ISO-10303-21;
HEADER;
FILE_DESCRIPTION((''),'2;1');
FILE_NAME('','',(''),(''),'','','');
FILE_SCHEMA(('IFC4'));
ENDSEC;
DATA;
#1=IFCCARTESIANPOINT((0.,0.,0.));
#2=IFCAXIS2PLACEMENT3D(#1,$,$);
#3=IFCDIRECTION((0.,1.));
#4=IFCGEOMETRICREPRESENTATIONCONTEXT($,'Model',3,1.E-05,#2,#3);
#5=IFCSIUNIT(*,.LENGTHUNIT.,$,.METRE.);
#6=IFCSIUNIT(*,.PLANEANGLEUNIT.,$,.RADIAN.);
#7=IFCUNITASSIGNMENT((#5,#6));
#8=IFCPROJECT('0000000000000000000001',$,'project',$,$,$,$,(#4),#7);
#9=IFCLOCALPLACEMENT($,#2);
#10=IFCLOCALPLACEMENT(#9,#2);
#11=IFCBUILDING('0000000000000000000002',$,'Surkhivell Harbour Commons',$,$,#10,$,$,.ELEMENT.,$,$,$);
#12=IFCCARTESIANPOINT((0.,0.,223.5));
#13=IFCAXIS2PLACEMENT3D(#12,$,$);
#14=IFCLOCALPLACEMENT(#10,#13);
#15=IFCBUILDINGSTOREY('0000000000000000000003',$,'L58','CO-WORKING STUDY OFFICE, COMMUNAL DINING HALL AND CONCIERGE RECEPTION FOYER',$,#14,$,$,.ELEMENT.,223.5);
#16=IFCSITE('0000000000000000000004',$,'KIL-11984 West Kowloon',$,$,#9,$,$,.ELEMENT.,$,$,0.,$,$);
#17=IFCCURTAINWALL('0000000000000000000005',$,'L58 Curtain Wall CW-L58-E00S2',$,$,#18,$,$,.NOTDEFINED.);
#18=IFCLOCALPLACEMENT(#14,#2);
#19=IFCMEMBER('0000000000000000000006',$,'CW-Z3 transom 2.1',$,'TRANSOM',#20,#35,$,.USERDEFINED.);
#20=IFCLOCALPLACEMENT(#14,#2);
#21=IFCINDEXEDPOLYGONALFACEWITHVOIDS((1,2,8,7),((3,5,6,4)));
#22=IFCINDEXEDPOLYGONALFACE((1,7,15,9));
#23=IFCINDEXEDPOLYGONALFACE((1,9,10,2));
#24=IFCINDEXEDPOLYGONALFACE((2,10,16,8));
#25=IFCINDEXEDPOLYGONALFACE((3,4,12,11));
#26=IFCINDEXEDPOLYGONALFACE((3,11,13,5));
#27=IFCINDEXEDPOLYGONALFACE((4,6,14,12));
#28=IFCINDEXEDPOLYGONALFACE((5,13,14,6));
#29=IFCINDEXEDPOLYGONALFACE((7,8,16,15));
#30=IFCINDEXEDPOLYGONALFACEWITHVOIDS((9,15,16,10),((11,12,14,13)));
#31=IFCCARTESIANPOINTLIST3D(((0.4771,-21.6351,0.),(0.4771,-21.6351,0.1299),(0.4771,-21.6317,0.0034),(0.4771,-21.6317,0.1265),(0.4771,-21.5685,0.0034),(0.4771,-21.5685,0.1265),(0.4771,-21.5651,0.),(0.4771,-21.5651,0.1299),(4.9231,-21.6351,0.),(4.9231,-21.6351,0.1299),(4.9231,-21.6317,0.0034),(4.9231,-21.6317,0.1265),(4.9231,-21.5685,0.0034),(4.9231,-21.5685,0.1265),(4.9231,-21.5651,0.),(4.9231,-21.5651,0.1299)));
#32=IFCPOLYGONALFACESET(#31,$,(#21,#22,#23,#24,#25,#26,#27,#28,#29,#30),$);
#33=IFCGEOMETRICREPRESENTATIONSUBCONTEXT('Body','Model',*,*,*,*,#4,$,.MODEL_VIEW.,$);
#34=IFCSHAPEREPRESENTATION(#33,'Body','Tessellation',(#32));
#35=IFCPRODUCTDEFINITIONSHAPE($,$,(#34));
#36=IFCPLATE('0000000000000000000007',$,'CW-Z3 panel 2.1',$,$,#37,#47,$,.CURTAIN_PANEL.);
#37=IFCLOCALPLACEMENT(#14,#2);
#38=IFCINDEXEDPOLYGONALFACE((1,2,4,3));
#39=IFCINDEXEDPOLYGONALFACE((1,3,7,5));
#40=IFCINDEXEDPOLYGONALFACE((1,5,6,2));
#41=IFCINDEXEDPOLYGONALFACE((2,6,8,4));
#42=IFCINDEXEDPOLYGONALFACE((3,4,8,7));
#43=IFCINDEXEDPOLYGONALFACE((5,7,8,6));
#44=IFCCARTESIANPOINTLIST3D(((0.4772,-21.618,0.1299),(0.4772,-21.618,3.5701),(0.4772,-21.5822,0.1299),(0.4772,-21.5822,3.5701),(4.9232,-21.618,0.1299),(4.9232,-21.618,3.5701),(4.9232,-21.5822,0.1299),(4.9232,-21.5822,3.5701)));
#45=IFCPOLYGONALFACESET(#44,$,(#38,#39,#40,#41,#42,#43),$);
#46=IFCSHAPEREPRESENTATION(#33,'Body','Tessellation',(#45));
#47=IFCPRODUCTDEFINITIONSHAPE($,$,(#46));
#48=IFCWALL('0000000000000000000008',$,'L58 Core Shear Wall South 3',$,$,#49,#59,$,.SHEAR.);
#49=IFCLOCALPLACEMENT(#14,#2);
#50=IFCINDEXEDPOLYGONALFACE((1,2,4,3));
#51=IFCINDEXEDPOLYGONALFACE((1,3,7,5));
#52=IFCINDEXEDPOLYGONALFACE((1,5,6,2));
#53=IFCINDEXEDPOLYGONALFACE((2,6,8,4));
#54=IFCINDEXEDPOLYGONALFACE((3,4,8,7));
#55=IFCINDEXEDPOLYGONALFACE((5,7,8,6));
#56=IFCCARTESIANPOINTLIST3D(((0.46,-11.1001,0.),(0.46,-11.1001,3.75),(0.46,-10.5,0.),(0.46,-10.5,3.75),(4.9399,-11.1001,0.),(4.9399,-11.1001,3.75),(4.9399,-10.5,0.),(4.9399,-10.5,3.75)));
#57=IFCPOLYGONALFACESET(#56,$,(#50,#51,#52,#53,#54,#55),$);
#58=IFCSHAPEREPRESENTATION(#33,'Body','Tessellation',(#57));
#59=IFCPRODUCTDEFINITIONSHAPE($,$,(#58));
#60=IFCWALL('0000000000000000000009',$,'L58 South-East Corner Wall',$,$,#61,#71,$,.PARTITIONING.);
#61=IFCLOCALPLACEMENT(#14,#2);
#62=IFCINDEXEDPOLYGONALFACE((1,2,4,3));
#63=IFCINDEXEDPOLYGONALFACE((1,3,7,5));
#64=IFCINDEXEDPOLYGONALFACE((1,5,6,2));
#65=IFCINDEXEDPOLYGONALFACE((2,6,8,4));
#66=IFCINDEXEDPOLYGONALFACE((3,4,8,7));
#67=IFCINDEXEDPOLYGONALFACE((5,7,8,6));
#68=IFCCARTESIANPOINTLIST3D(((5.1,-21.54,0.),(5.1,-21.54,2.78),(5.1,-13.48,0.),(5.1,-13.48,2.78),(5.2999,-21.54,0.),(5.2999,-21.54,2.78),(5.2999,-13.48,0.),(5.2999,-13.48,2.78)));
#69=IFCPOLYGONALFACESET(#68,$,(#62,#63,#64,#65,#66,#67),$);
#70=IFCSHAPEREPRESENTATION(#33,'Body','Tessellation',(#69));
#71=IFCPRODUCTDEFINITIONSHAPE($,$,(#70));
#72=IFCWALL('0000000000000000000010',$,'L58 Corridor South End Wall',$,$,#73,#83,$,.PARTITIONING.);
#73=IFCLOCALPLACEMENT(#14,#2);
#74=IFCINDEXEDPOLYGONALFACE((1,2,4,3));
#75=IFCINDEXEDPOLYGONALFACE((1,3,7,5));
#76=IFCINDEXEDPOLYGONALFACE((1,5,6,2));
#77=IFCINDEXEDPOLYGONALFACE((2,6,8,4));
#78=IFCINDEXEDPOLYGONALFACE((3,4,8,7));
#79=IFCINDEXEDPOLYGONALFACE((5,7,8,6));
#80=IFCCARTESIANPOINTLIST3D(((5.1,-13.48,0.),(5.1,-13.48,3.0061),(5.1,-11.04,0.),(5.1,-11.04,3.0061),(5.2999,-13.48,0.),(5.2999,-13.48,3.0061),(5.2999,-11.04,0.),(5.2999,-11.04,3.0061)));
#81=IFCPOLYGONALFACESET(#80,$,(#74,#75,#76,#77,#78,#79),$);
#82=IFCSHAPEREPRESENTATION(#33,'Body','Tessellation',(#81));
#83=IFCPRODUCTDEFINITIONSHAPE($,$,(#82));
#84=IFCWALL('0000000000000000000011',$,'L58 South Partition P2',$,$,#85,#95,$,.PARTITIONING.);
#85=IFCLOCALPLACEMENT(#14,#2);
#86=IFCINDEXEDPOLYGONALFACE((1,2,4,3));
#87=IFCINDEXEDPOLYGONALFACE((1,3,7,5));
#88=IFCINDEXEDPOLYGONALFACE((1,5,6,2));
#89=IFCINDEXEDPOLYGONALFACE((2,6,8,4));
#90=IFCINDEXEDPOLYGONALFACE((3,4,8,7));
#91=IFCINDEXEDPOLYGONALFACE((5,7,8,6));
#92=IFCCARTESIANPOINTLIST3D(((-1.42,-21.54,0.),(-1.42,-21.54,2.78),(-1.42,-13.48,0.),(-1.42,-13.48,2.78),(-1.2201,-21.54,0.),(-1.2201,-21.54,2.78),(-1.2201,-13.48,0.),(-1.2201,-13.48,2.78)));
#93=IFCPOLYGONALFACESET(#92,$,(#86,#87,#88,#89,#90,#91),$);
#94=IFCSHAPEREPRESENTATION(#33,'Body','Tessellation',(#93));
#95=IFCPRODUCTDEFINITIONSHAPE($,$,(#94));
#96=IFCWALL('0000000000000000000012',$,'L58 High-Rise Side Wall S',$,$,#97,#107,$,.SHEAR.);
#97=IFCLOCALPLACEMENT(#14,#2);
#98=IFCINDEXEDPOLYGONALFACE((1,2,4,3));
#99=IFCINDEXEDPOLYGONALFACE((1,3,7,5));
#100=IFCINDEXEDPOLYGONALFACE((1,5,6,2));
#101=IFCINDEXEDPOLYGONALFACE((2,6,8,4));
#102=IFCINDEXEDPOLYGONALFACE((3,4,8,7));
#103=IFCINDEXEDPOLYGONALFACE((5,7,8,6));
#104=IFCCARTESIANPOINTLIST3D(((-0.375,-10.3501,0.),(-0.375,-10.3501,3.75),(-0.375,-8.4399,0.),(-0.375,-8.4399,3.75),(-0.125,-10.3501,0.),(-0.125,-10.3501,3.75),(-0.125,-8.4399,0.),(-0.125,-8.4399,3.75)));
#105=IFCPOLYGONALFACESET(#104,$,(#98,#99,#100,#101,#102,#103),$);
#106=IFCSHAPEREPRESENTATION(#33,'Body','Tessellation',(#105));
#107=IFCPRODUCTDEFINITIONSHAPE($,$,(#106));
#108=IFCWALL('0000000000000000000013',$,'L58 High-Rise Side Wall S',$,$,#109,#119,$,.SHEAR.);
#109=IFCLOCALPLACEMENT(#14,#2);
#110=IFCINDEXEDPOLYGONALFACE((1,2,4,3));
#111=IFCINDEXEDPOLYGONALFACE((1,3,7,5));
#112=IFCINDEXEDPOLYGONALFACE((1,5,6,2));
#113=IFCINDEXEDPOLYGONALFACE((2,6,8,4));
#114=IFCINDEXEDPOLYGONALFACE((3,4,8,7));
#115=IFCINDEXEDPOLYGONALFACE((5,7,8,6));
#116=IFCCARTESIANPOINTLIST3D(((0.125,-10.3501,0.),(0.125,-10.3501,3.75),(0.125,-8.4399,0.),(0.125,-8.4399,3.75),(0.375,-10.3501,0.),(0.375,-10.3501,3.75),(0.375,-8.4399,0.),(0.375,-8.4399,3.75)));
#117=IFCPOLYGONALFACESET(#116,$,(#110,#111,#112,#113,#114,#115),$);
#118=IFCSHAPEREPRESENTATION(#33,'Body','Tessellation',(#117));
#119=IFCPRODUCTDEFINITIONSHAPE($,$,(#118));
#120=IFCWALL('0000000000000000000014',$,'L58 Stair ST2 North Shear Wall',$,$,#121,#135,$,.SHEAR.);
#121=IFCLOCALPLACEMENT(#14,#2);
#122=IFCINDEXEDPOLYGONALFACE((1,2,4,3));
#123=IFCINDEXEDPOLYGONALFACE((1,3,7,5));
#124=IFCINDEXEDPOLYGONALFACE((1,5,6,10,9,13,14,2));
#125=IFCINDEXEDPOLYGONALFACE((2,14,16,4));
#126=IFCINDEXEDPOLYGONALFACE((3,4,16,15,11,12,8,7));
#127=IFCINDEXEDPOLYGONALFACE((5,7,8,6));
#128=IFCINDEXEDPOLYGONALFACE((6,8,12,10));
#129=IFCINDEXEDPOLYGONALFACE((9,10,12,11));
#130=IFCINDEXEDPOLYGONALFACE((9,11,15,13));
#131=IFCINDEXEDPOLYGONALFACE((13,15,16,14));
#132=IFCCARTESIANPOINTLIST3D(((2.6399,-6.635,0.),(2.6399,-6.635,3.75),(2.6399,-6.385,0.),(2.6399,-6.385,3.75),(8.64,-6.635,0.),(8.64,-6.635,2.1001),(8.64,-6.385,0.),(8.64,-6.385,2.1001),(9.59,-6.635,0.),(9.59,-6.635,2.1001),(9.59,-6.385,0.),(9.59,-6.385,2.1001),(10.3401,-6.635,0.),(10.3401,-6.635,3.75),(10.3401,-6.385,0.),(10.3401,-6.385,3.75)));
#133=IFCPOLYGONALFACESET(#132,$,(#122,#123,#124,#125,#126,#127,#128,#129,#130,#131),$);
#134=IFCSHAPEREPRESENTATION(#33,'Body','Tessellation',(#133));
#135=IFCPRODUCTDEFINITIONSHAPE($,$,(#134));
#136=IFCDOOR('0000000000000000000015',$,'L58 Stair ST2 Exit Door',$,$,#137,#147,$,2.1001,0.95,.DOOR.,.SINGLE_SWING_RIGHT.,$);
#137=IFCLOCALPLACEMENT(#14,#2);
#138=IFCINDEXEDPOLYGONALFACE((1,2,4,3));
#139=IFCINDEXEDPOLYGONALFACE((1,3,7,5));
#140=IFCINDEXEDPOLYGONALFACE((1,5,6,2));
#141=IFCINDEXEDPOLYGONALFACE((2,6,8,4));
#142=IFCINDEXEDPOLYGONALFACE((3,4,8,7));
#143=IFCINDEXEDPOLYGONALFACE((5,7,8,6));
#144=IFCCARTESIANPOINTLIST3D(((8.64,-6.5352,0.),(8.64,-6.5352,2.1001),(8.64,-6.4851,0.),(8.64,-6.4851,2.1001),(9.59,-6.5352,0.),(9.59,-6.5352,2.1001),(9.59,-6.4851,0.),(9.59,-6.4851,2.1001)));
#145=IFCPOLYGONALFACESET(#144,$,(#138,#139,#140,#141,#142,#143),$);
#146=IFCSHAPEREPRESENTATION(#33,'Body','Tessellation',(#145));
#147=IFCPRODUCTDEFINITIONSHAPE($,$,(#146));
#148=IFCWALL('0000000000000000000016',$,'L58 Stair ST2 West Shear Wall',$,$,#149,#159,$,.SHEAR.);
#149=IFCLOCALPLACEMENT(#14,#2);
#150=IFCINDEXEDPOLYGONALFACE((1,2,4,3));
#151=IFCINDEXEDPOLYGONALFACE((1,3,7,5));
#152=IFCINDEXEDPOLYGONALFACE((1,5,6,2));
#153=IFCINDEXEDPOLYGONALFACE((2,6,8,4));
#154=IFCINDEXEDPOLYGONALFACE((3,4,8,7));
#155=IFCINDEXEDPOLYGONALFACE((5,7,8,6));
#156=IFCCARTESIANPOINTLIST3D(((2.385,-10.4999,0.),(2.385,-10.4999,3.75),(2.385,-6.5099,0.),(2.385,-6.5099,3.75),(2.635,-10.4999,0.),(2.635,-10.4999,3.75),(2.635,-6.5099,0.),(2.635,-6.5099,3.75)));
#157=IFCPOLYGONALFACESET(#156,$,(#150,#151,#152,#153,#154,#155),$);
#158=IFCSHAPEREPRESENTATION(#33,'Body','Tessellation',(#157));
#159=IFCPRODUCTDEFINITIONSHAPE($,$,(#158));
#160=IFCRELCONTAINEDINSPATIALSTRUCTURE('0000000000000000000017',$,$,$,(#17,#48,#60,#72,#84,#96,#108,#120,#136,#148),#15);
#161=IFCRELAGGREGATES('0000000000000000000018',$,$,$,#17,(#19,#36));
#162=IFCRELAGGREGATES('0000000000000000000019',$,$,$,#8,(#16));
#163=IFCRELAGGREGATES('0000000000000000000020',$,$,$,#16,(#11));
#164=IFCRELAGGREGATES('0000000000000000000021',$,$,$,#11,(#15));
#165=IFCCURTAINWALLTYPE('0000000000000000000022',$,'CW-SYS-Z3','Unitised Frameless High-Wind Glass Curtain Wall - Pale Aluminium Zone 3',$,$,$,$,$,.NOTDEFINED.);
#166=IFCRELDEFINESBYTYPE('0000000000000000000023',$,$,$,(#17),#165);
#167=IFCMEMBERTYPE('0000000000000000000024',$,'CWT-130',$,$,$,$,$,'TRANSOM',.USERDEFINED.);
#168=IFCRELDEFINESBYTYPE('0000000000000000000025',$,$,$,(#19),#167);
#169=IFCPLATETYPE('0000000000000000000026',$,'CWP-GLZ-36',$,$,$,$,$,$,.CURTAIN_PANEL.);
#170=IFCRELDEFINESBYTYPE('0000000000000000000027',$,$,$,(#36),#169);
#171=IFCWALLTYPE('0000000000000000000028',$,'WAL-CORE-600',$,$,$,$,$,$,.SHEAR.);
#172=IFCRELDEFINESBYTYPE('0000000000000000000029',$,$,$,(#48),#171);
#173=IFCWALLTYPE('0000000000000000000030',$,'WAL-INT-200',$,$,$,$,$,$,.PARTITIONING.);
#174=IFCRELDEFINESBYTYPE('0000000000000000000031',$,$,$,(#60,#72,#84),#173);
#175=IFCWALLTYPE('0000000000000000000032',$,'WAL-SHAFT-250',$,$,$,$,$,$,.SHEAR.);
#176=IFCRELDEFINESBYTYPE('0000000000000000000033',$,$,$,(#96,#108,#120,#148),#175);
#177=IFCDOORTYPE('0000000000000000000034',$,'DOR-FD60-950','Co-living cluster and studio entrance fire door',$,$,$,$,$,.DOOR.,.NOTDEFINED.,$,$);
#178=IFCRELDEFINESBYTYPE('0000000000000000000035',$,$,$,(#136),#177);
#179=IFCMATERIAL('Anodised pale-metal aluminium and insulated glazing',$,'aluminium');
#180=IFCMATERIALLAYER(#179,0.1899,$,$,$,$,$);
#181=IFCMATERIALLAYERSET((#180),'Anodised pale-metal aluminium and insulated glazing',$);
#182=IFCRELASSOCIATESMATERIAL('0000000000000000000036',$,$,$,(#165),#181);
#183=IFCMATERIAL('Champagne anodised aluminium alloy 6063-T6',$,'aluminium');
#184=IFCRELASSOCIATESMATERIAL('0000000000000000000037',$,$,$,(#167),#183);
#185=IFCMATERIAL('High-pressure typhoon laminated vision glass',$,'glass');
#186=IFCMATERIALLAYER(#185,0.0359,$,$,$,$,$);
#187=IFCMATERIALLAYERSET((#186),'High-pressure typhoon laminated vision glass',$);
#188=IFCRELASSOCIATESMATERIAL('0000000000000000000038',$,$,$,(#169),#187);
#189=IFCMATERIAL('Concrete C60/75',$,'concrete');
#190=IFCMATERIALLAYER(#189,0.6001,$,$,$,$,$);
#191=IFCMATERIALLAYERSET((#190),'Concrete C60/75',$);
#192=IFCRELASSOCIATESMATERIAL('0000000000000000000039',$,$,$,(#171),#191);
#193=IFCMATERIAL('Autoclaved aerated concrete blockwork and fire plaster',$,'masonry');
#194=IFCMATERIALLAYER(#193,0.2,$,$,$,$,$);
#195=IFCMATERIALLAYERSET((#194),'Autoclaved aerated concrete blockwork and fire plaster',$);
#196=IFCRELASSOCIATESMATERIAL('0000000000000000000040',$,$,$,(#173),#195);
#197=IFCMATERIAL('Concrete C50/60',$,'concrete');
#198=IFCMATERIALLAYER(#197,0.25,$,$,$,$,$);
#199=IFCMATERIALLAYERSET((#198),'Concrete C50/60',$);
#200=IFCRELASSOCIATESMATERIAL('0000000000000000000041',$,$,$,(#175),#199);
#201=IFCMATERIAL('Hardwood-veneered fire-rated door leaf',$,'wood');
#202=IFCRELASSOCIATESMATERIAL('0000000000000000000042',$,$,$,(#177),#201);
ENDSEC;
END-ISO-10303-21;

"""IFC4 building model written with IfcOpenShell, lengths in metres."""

from ifc_helpers import new_model, si_unit, direction, frame, frame_2d, origin, origin_2d, place, context, subcontext, project, spatial, rectangle, hollow_rectangle, extrude, material, layer, layer_set, material_profile, profile_set, type_object, element, fill, aggregate, save


model = new_model("IFC4")

# Units and contexts
model_context = context("Model", 3, precision=1e-05, world=origin(), true_north=direction((0.0, 1.0)))
body_context = subcontext(model_context, "Body", "Model", "MODEL_VIEW")
ifc_project = project(units=[si_unit("LENGTHUNIT", "METRE"), si_unit("PLANEANGLEUNIT", "RADIAN")], contexts=[model_context])

# Site, building, storey
site_placement = place(None, origin())
site = spatial("IfcSite", under=ifc_project, at=site_placement, Name="KIL-11984 West Kowloon", CompositionType="ELEMENT", RefElevation=0.0)
building_placement = place(site_placement, origin())
building = spatial("IfcBuilding", under=site, at=building_placement, Name="Surkhivell Harbour Commons", CompositionType="ELEMENT")
storey_placement = place(building_placement, frame((0.0, 0.0, 223.5)))
storey = spatial("IfcBuildingStorey", under=building, at=storey_placement, Name="L58", Description="CO-WORKING STUDY OFFICE, COMMUNAL DINING HALL AND CONCIERGE RECEPTION FOYER", CompositionType="ELEMENT", Elevation=223.5)

# Shared definitions
ifc_material_1 = material(Name="Concrete C60/75", Category="concrete")
ifc_material_2 = material(Name="Concrete C50/60", Category="concrete")

# Curtain wall, member, plate
ifc_material_3 = material(Name="Anodised pale-metal aluminium and insulated glazing", Category="aluminium")
ifc_layer_1 = layer(ifc_material_3, 0.1899)
ifc_layer_set_1 = layer_set([ifc_layer_1], Name="Anodised pale-metal aluminium and insulated glazing")
curtain_wall_type = type_object("IfcCurtainWallType", Name="CW-SYS-Z3", Description="Unitised Frameless High-Wind Glass Curtain Wall - Pale Aluminium Zone 3", PredefinedType="NOTDEFINED", material=ifc_layer_set_1)
curtain_wall_placement = place(storey_placement, origin())
curtain_wall = element("IfcCurtainWall", 1, at=curtain_wall_placement, inside=storey, type_object=curtain_wall_type, Name="L58 Curtain Wall CW-L58-E00S2", PredefinedType="NOTDEFINED")
ifc_material_4 = material(Name="Champagne anodised aluminium alloy 6063-T6", Category="aluminium")
ifc_material_profile_1 = material_profile(ifc_material_4, hollow_rectangle(XDim=0.0701, YDim=0.1299, WallThickness=0.0034, at=origin_2d()), Name="ALU-TRAN-70x130")
ifc_profile_set_1 = profile_set([ifc_material_profile_1], Name="Champagne anodised aluminium alloy 6063-T6")
member_type_1 = type_object("IfcMemberType", Name="CWT-130", ElementType="TRANSOM", PredefinedType="USERDEFINED", material=ifc_profile_set_1)
member_1_placement = place(storey_placement, frame((0.4771, -21.6001, 0.0649), z_axis=(1.0, 0.0, 0.0), x_axis=(0.0, 1.0, 0.0)))
member_1 = element("IfcMember", 2, at=member_1_placement, type_object=member_type_1, Name="CW-Z3 transom 2.1", ObjectType="TRANSOM", PredefinedType="USERDEFINED", context=body_context, shape_type="SweptSolid", body=[
    extrude(hollow_rectangle(XDim=0.0701, YDim=0.1299, WallThickness=0.0034, at=origin_2d()), origin(), (0.0, 0.0, 1.0), 4.446),
])
ifc_material_5 = material(Name="High-pressure typhoon laminated vision glass", Category="glass")
ifc_layer_2 = layer(ifc_material_5, 0.0359)
ifc_layer_set_2 = layer_set([ifc_layer_2], Name="High-pressure typhoon laminated vision glass")
plate_type = type_object("IfcPlateType", Name="CWP-GLZ-36", PredefinedType="CURTAIN_PANEL", material=ifc_layer_set_2)
plate_placement = place(storey_placement, frame((0.4771, -21.6001, 0.1299), z_axis=(0.0, 0.0, 1.0), x_axis=(1.0, 0.0, 0.0)))
plate = element("IfcPlate", 3, at=plate_placement, type_object=plate_type, Name="CW-Z3 panel 2.1", PredefinedType="CURTAIN_PANEL", context=body_context, shape_type="SweptSolid", body=[
    extrude(rectangle(XDim=4.446, YDim=0.0359, at=frame_2d((2.2231, 0.0))), origin(), (0.0, 0.0, 1.0), 3.4402),
])
aggregate(curtain_wall, [member_1, plate])

# Walls
ifc_layer_3 = layer(ifc_material_1, 0.6001)
ifc_layer_set_3 = layer_set([ifc_layer_3], Name="Concrete C60/75")
wall_type_1 = type_object("IfcWallType", Name="WAL-CORE-600", PredefinedType="SHEAR", material=ifc_layer_set_3)
wall_1_placement = place(storey_placement, frame((0.46, -10.8, 0.0), z_axis=(0.0, 0.0, 1.0), x_axis=(1.0, 0.0, 0.0)))
element("IfcWall", 4, at=wall_1_placement, inside=storey, type_object=wall_type_1, Name="L58 Core Shear Wall South 3", PredefinedType="SHEAR", context=body_context, shape_type="SweptSolid", body=[
    extrude(rectangle(XDim=4.48, YDim=0.6001, at=frame_2d((2.24, 0.0))), origin(), (0.0, 0.0, 1.0), 3.75),
])
ifc_material_6 = material(Name="Autoclaved aerated concrete blockwork and fire plaster", Category="masonry")
ifc_layer_4 = layer(ifc_material_6, 0.2)
ifc_layer_set_4 = layer_set([ifc_layer_4], Name="Autoclaved aerated concrete blockwork and fire plaster")
wall_type_2 = type_object("IfcWallType", Name="WAL-INT-200", PredefinedType="PARTITIONING", material=ifc_layer_set_4)
wall_2_placement = place(storey_placement, frame((5.2, -21.54, 0.0), z_axis=(0.0, 0.0, 1.0), x_axis=(0.0, 1.0, 0.0)))
element("IfcWall", 5, at=wall_2_placement, inside=storey, type_object=wall_type_2, Name="L58 South-East Corner Wall", PredefinedType="PARTITIONING", context=body_context, shape_type="SweptSolid", body=[
    extrude(rectangle(XDim=8.0601, YDim=0.2, at=frame_2d((4.03, 0.0))), origin(), (0.0, 0.0, 1.0), 2.78),
])
wall_3_placement = place(storey_placement, frame((5.2, -13.48, 0.0), z_axis=(0.0, 0.0, 1.0), x_axis=(0.0, 1.0, 0.0)))
element("IfcWall", 6, at=wall_3_placement, inside=storey, type_object=wall_type_2, Name="L58 Corridor South End Wall", PredefinedType="PARTITIONING", context=body_context, shape_type="SweptSolid", body=[
    extrude(rectangle(XDim=2.4399, YDim=0.2, at=frame_2d((1.22, 0.0))), origin(), (0.0, 0.0, 1.0), 3.0061),
])
wall_4_placement = place(storey_placement, frame((-1.3201, -21.54, 0.0), z_axis=(0.0, 0.0, 1.0), x_axis=(0.0, 1.0, 0.0)))
element("IfcWall", 7, at=wall_4_placement, inside=storey, type_object=wall_type_2, Name="L58 South Partition P2", PredefinedType="PARTITIONING", context=body_context, shape_type="SweptSolid", body=[
    extrude(rectangle(XDim=8.0601, YDim=0.2, at=frame_2d((4.03, 0.0))), origin(), (0.0, 0.0, 1.0), 2.78),
])
ifc_layer_5 = layer(ifc_material_2, 0.25)
ifc_layer_set_5 = layer_set([ifc_layer_5], Name="Concrete C50/60")
wall_type_3 = type_object("IfcWallType", Name="WAL-SHAFT-250", PredefinedType="SHEAR", material=ifc_layer_set_5)
for number, where, z_axis, x_axis, name in (
    (8, (-0.25, -10.3501, 0.0), (0.0, 0.0, 1.0), (0.0, 1.0, 0.0), "L58 High-Rise Side Wall S"),
    (9, (0.25, -10.3501, 0.0), (0.0, 0.0, 1.0), (0.0, 1.0, 0.0), "L58 High-Rise Side Wall S"),
):
    element("IfcWall", number, at=place(storey_placement, frame(where, z_axis=z_axis, x_axis=x_axis)), inside=storey, type_object=wall_type_3, Name=name, PredefinedType="SHEAR", context=body_context, shape_type="SweptSolid", body=[
        extrude(rectangle(XDim=1.9102, YDim=0.25, at=frame_2d((0.9551, 0.0))), origin(), (0.0, 0.0, 1.0), 3.75),
    ])

# Wall, opening, door
wall_5_placement = place(storey_placement, frame((2.6399, -6.51, 0.0), z_axis=(0.0, 0.0, 1.0), x_axis=(1.0, 0.0, 0.0)))
wall_5 = element("IfcWall", 10, at=wall_5_placement, inside=storey, type_object=wall_type_3, Name="L58 Stair ST2 North Shear Wall", PredefinedType="SHEAR", context=body_context, shape_type="SweptSolid", body=[
    extrude(rectangle(XDim=7.7002, YDim=0.25, at=frame_2d((3.8501, 0.0))), origin(), (0.0, 0.0, 1.0), 3.75),
])
opening_placement = place(wall_5_placement, frame((6.0, 0.0, 0.0)))
opening = element("IfcOpeningElement", 11, at=opening_placement, cuts=wall_5, PredefinedType="OPENING", context=body_context, shape_type="SweptSolid", body=[
    extrude(rectangle(XDim=0.95, YDim=2.1001, at=frame_2d((0.4751, 1.05))), frame((0.0, 0.135, 0.0), z_axis=(0.0, -1.0, 0.0), x_axis=(1.0, 0.0, 0.0)), (0.0, 0.0, 1.0), 0.27),
])
ifc_material_7 = material(Name="Hardwood-veneered fire-rated door leaf", Category="wood")
door_type = type_object("IfcDoorType", Name="DOR-FD60-950", Description="Co-living cluster and studio entrance fire door", OperationType="NOTDEFINED", PredefinedType="DOOR", material=ifc_material_7)
door_placement = place(opening_placement, origin())
door = element("IfcDoor", 12, at=door_placement, inside=storey, type_object=door_type, Name="L58 Stair ST2 Exit Door", OperationType="SINGLE_SWING_RIGHT", OverallHeight=2.1001, OverallWidth=0.95, PredefinedType="DOOR", context=body_context, shape_type="SweptSolid", body=[
    extrude(rectangle(XDim=0.95, YDim=2.1001, at=frame_2d((0.4751, 1.05))), frame((0.0, 0.0249, 0.0), z_axis=(0.0, -1.0, 0.0), x_axis=(1.0, 0.0, 0.0)), (0.0, 0.0, 1.0), 0.05),
])
fill(opening, door)

# Wall
wall_6_placement = place(storey_placement, frame((2.51, -10.5, 0.0), z_axis=(0.0, 0.0, 1.0), x_axis=(0.0, 1.0, 0.0)))
element("IfcWall", 13, at=wall_6_placement, inside=storey, type_object=wall_type_3, Name="L58 Stair ST2 West Shear Wall", PredefinedType="SHEAR", context=body_context, shape_type="SweptSolid", body=[
    extrude(rectangle(XDim=3.99, YDim=0.25, at=frame_2d((1.9951, 0.0))), origin(), (0.0, 0.0, 1.0), 3.75),
])

save(model, "model.ifc")
